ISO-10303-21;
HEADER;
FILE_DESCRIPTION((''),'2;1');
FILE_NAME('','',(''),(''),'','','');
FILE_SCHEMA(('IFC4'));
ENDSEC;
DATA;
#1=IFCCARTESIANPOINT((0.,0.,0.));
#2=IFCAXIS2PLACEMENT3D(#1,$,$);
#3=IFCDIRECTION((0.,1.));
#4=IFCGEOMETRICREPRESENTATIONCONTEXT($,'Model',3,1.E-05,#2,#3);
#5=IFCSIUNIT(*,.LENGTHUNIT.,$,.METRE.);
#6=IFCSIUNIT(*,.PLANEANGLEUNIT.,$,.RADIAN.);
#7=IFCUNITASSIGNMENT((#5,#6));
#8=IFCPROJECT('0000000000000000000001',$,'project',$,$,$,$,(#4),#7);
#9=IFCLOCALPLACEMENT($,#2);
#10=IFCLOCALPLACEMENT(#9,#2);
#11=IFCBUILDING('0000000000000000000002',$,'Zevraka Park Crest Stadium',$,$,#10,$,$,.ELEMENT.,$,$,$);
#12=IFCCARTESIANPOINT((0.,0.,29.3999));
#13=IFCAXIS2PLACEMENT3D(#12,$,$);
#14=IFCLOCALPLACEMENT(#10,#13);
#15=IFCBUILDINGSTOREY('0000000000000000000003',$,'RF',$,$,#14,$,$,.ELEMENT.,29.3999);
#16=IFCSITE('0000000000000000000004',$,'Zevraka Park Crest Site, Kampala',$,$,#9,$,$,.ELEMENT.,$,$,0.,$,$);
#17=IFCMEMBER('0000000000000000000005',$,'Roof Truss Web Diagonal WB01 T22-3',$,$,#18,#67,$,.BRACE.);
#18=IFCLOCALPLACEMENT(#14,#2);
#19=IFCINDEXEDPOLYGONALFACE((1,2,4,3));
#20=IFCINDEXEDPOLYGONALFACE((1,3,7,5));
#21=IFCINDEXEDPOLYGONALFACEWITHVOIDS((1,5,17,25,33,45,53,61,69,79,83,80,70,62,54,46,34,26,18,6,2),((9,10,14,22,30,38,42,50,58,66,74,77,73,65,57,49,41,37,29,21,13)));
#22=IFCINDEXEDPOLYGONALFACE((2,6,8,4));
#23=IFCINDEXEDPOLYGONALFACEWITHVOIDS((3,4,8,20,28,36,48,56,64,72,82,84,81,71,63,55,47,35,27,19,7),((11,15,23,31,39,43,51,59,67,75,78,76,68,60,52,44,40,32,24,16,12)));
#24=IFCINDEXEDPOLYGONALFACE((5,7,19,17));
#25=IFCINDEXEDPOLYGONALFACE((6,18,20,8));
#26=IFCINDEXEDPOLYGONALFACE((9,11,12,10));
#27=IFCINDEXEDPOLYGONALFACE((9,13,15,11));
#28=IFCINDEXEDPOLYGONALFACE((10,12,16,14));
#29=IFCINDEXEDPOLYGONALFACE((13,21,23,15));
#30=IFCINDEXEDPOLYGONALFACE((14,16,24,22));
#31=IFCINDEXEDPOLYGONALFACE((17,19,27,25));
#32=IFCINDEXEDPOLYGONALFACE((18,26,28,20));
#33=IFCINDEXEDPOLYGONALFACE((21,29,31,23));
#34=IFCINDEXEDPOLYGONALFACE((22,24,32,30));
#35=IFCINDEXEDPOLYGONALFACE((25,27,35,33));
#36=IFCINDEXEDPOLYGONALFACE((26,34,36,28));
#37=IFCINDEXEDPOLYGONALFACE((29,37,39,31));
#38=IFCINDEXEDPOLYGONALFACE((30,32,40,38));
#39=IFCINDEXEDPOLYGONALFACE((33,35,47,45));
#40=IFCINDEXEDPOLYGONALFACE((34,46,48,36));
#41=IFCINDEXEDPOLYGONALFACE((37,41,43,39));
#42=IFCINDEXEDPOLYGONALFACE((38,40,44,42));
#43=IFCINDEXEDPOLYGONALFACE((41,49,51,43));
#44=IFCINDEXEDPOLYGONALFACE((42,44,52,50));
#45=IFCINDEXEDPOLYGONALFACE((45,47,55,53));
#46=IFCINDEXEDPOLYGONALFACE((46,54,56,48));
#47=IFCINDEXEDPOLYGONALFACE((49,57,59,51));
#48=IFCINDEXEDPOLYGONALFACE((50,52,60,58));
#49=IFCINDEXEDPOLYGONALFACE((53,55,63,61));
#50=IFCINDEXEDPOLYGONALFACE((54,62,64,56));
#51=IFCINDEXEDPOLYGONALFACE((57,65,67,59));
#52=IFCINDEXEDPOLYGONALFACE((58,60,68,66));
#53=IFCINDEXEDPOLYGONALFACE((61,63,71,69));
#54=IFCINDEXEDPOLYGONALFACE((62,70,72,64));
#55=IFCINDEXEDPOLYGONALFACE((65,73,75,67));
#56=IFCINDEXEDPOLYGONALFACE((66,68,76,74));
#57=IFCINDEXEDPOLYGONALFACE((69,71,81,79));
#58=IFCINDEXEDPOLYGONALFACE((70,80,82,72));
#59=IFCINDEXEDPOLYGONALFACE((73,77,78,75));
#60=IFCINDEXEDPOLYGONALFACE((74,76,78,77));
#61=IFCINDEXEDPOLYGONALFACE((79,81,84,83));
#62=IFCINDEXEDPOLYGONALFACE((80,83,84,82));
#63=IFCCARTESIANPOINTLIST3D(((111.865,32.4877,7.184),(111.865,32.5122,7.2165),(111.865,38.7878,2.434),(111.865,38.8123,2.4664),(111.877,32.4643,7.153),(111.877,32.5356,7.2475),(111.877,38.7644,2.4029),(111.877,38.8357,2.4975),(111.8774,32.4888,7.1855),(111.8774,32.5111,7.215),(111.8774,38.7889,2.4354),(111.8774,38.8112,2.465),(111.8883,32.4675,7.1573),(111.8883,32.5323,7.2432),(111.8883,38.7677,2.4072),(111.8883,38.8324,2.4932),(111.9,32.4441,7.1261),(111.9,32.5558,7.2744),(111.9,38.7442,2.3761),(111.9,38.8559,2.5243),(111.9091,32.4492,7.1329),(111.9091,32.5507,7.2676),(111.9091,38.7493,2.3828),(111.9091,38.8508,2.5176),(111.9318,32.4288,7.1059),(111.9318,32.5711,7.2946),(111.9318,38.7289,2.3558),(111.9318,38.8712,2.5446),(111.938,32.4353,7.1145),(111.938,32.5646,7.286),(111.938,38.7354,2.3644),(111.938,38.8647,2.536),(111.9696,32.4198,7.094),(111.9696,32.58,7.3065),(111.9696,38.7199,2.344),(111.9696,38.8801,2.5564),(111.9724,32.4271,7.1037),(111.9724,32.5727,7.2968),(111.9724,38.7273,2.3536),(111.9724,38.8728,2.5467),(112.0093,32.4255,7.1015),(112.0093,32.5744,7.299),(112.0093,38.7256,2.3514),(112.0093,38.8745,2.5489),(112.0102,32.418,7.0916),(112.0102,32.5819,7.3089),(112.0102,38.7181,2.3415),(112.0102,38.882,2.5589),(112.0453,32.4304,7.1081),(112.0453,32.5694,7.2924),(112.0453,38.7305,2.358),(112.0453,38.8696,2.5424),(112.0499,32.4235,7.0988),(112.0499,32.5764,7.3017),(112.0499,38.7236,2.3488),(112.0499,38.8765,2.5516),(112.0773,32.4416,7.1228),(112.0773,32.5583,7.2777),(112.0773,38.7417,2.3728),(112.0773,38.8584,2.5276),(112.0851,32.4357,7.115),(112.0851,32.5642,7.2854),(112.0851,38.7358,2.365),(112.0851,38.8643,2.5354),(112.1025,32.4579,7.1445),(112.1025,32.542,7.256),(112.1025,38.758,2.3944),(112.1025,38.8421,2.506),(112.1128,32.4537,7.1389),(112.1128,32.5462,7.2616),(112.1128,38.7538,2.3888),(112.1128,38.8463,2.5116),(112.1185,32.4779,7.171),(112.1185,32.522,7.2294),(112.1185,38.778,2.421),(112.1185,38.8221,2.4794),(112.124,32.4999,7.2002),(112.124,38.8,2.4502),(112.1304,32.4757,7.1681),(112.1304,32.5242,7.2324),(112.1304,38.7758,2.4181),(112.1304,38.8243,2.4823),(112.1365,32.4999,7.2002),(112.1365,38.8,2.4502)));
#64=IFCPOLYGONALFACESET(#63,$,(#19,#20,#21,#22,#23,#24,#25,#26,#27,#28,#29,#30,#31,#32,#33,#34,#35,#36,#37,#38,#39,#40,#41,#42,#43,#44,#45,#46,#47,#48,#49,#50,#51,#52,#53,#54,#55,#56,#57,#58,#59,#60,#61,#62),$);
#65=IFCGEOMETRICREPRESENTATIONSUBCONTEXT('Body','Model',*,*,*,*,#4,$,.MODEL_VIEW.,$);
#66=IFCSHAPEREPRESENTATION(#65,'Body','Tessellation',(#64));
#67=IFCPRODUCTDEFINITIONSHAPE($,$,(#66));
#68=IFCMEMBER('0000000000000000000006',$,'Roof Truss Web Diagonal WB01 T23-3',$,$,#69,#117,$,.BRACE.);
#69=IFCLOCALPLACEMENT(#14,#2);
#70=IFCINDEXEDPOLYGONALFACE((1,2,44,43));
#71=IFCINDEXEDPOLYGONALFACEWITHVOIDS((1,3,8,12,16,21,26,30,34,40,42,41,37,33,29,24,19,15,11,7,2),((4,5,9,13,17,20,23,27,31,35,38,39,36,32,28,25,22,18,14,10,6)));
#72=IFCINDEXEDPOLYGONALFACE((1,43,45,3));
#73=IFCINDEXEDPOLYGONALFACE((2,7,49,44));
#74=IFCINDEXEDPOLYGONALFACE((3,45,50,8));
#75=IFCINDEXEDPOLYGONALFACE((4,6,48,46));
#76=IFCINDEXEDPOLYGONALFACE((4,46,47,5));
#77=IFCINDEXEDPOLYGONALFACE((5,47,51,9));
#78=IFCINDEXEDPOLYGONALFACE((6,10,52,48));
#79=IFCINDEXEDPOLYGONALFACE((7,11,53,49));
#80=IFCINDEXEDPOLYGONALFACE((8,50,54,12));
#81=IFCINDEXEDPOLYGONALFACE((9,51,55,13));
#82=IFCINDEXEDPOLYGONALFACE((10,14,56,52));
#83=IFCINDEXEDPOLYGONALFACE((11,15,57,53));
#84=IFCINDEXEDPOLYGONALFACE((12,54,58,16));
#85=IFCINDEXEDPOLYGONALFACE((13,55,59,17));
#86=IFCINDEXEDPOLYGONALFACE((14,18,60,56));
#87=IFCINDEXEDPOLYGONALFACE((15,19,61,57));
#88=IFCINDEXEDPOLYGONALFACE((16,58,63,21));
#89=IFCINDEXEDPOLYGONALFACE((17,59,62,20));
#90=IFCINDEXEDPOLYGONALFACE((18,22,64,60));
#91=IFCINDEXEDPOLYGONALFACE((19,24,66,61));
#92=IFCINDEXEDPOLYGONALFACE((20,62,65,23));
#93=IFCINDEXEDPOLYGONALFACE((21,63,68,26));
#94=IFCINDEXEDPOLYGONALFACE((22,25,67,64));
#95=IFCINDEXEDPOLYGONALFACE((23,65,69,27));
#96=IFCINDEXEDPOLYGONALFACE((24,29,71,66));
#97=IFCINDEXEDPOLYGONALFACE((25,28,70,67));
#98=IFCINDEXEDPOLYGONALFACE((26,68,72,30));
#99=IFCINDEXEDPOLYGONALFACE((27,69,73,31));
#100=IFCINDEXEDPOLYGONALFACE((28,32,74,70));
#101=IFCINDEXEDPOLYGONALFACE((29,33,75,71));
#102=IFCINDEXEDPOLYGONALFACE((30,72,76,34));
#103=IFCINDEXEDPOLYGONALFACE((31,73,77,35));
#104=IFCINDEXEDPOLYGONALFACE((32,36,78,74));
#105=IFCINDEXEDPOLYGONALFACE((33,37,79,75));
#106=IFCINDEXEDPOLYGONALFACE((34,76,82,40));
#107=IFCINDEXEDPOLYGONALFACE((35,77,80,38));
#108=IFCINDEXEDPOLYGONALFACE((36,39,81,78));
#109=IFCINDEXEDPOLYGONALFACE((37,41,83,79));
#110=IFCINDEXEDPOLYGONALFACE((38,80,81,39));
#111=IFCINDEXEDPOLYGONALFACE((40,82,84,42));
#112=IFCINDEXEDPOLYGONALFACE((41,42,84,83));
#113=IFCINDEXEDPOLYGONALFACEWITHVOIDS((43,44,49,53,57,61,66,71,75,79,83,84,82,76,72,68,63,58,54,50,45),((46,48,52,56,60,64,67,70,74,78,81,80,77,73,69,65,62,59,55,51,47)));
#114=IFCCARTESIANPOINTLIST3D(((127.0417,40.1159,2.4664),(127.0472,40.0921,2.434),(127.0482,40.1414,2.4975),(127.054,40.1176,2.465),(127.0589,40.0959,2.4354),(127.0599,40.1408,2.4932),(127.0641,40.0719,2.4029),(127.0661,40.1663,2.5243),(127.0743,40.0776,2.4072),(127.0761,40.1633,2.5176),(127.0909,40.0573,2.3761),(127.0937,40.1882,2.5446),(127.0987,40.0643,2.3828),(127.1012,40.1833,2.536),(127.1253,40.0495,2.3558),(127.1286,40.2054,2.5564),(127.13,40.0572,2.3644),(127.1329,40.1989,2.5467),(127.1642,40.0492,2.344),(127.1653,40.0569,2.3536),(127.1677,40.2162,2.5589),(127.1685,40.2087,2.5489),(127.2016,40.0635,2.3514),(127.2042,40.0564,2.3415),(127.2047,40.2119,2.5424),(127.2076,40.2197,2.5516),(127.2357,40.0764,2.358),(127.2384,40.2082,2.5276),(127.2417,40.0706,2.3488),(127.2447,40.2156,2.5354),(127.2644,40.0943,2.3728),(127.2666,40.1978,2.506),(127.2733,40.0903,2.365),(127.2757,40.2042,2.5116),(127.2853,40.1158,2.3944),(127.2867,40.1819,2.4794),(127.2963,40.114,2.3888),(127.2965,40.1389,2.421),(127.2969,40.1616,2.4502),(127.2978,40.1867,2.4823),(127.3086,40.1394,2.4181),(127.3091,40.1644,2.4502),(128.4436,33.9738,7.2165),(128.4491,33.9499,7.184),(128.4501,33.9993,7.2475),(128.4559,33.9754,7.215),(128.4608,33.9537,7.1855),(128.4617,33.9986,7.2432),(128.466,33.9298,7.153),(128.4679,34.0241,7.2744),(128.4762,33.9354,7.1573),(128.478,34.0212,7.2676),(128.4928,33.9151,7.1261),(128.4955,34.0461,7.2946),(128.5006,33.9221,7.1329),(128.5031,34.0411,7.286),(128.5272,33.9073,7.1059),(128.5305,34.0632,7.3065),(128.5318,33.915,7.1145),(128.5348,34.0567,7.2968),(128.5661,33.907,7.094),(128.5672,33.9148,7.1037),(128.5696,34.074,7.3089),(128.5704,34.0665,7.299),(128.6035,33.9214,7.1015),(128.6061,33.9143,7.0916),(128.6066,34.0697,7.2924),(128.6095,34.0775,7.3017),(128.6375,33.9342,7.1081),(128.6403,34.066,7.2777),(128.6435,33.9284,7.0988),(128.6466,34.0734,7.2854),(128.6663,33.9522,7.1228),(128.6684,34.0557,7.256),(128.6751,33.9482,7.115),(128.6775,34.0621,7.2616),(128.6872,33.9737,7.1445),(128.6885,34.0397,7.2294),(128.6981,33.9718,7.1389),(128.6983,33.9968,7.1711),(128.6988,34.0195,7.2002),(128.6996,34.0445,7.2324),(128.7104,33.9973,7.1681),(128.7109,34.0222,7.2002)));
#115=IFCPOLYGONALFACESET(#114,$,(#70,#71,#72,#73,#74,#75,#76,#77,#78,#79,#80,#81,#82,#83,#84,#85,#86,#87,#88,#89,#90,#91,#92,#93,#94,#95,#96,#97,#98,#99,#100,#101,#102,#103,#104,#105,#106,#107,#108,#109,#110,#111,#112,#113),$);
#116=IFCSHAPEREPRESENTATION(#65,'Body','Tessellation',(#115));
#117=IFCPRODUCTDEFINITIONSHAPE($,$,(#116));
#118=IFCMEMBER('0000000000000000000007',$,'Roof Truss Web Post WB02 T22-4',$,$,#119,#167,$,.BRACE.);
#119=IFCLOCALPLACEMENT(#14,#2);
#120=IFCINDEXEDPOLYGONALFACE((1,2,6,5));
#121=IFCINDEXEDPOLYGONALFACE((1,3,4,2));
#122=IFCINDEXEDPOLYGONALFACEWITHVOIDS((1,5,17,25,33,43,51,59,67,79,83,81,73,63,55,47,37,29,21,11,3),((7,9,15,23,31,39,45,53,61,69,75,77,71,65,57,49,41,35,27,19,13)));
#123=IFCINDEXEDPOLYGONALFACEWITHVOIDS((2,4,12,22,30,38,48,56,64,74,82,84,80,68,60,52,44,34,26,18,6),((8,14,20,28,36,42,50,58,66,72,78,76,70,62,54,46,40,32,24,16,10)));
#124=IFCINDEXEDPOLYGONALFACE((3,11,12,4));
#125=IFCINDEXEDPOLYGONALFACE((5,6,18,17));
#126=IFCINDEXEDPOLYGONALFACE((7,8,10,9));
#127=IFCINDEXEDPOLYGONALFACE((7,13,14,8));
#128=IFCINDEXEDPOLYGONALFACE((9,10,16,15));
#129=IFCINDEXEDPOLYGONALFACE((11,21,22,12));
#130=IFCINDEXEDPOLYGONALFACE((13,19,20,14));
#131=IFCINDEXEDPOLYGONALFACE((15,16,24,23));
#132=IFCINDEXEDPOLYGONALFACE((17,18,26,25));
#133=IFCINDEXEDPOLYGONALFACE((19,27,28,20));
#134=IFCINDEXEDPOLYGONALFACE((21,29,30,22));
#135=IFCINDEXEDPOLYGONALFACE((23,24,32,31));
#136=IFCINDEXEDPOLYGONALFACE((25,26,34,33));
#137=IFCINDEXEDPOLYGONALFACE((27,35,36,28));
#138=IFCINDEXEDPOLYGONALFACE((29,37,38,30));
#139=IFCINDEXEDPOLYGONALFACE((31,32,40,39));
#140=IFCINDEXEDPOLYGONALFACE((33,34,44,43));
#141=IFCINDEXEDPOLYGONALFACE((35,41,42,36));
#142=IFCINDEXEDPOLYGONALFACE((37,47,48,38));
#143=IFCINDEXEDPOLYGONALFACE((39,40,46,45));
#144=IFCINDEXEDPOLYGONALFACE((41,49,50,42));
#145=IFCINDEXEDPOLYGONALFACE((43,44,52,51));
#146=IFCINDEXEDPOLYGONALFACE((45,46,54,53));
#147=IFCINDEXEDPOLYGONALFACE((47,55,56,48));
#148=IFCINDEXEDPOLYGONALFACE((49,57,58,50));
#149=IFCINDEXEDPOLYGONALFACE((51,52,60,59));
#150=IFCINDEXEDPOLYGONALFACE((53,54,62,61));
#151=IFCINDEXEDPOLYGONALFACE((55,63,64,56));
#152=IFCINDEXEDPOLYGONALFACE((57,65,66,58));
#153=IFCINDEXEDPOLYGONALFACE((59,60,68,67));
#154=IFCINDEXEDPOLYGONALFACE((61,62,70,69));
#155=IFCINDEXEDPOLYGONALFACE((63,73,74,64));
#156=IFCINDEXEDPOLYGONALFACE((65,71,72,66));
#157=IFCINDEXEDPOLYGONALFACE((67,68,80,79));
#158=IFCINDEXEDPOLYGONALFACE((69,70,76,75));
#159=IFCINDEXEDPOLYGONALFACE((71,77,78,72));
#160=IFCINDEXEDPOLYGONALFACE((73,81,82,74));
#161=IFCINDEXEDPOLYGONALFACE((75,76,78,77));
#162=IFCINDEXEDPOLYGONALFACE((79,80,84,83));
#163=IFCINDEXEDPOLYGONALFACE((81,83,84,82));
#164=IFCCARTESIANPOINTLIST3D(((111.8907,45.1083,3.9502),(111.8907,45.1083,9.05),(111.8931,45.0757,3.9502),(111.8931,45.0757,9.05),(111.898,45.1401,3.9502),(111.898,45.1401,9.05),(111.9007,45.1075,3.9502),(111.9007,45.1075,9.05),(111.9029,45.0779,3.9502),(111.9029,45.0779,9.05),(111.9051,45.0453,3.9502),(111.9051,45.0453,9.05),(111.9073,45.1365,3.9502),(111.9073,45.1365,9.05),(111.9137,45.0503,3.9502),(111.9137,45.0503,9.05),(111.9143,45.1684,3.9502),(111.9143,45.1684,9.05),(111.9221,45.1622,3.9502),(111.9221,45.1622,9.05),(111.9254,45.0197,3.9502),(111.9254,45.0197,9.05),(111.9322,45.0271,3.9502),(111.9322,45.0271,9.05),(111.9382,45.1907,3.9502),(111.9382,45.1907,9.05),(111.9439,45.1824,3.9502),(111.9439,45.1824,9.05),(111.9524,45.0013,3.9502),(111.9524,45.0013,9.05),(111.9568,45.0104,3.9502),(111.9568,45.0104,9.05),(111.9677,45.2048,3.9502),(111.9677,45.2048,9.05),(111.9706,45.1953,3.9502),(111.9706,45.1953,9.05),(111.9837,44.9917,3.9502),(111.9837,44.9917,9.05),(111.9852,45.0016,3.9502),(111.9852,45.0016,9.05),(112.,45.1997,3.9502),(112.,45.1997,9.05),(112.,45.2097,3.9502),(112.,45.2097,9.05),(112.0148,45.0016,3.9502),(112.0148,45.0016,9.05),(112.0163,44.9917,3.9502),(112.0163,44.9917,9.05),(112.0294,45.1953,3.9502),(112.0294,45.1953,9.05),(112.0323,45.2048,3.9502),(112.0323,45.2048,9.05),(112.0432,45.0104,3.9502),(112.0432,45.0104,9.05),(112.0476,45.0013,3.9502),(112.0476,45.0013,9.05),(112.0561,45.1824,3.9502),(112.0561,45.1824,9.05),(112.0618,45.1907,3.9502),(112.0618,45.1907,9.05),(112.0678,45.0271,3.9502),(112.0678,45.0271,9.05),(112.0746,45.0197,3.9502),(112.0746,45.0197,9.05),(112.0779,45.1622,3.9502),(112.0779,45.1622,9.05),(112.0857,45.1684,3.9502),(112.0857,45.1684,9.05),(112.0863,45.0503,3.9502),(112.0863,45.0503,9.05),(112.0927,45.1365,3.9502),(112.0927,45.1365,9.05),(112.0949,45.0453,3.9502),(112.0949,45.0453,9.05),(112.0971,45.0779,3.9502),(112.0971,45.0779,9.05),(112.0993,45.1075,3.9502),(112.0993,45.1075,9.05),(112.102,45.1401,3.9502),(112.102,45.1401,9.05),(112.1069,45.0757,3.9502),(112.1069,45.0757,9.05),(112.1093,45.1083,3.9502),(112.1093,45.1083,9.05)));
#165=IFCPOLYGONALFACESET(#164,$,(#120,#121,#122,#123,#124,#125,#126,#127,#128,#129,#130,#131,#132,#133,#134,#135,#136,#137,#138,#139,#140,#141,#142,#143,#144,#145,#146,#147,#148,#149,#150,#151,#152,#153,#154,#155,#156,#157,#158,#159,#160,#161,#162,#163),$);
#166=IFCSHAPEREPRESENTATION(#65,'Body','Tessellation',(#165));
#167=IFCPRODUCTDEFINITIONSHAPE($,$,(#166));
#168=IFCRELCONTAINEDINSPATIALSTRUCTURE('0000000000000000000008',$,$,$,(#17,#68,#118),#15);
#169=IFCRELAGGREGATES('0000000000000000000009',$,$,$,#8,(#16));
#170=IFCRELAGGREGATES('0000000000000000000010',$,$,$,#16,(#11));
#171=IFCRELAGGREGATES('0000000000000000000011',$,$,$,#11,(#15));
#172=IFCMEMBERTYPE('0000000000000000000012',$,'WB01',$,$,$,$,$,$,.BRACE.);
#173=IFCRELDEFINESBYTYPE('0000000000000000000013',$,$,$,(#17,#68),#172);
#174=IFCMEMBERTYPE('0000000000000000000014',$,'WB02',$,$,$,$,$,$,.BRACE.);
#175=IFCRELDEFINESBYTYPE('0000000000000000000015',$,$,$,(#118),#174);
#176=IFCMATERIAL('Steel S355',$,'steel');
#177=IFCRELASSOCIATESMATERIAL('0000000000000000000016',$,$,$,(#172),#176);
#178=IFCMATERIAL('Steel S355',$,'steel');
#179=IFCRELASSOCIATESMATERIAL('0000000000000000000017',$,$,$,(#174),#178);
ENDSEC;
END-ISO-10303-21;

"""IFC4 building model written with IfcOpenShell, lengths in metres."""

from ifc_helpers import new_model, si_unit, direction, frame, origin, origin_2d, place, context, subcontext, project, spatial, hollow_circle, extrude, material, material_profile, profile_set, type_object, element, save


model = new_model("IFC4")

# Units and contexts
model_context = context("Model", 3, precision=1e-05, world=origin(), true_north=direction((0.0, 1.0)))
body_context = subcontext(model_context, "Body", "Model", "MODEL_VIEW")
ifc_project = project(units=[si_unit("LENGTHUNIT", "METRE"), si_unit("PLANEANGLEUNIT", "RADIAN")], contexts=[model_context])

# Site, building, storey
site_placement = place(None, origin())
site = spatial("IfcSite", under=ifc_project, at=site_placement, Name="Zevraka Park Crest Site, Kampala", CompositionType="ELEMENT", RefElevation=0.0)
building_placement = place(site_placement, origin())
building = spatial("IfcBuilding", under=site, at=building_placement, Name="Zevraka Park Crest Stadium", CompositionType="ELEMENT")
storey_placement = place(building_placement, frame((0.0, 0.0, 29.3999)))
storey = spatial("IfcBuildingStorey", under=building, at=storey_placement, Name="RF", CompositionType="ELEMENT", Elevation=29.3999)

# Members
ifc_material_1 = material(Name="Steel S355", Category="steel")
ifc_material_profile_1 = material_profile(ifc_material_1, hollow_circle(Radius=0.1365, WallThickness=0.0125, at=origin_2d()), Name="CHS 273.0x12.5")
ifc_profile_set_1 = profile_set([ifc_material_profile_1], Name="Steel S355")
member_type_1 = type_object("IfcMemberType", Name="WB01", PredefinedType="BRACE", material=ifc_profile_set_1)
for number, where, z_axis, x_axis, name in (
    (1, (112.0, 38.8, 2.4502), (0.0, -0.798479, 0.602023), (1.0, 0.0, 0.0), "Roof Truss Web Diagonal WB01 T22-3"),
    (2, (127.176, 40.134, 2.4502), (0.177674, -0.77846, 0.602024), (0.974929, 0.222515, 0.0), "Roof Truss Web Diagonal WB01 T23-3"),
):
    element("IfcMember", number, at=place(storey_placement, frame(where, z_axis=z_axis, x_axis=x_axis)), inside=storey, type_object=member_type_1, Name=name, PredefinedType="BRACE", context=body_context, shape_type="SweptSolid", body=[
        extrude(hollow_circle(Radius=0.1365, WallThickness=0.0125, at=origin_2d()), origin(), (0.0, 0.0, 1.0), 7.8901),
    ])
ifc_material_2 = material(Name="Steel S355", Category="steel")
ifc_material_profile_2 = material_profile(ifc_material_2, hollow_circle(Radius=0.1096, WallThickness=0.01, at=origin_2d()), Name="CHS 219.1x10")
ifc_profile_set_2 = profile_set([ifc_material_profile_2], Name="Steel S355")
member_type_2 = type_object("IfcMemberType", Name="WB02", PredefinedType="BRACE", material=ifc_profile_set_2)
for number, where, z_axis, x_axis, name in (
    (3, (112.0, 45.1001, 3.9502), (0.0, 0.0, 1.0), (0.0, 1.0, 0.0), "Roof Truss Web Post WB02 T22-4"),
):
    element("IfcMember", number, at=place(storey_placement, frame(where, z_axis=z_axis, x_axis=x_axis)), inside=storey, type_object=member_type_2, Name=name, PredefinedType="BRACE", context=body_context, shape_type="SweptSolid", body=[
        extrude(hollow_circle(Radius=0.1096, WallThickness=0.01, at=origin_2d()), origin(), (0.0, 0.0, 1.0), 5.0999),
    ])

save(model, "model.ifc")
